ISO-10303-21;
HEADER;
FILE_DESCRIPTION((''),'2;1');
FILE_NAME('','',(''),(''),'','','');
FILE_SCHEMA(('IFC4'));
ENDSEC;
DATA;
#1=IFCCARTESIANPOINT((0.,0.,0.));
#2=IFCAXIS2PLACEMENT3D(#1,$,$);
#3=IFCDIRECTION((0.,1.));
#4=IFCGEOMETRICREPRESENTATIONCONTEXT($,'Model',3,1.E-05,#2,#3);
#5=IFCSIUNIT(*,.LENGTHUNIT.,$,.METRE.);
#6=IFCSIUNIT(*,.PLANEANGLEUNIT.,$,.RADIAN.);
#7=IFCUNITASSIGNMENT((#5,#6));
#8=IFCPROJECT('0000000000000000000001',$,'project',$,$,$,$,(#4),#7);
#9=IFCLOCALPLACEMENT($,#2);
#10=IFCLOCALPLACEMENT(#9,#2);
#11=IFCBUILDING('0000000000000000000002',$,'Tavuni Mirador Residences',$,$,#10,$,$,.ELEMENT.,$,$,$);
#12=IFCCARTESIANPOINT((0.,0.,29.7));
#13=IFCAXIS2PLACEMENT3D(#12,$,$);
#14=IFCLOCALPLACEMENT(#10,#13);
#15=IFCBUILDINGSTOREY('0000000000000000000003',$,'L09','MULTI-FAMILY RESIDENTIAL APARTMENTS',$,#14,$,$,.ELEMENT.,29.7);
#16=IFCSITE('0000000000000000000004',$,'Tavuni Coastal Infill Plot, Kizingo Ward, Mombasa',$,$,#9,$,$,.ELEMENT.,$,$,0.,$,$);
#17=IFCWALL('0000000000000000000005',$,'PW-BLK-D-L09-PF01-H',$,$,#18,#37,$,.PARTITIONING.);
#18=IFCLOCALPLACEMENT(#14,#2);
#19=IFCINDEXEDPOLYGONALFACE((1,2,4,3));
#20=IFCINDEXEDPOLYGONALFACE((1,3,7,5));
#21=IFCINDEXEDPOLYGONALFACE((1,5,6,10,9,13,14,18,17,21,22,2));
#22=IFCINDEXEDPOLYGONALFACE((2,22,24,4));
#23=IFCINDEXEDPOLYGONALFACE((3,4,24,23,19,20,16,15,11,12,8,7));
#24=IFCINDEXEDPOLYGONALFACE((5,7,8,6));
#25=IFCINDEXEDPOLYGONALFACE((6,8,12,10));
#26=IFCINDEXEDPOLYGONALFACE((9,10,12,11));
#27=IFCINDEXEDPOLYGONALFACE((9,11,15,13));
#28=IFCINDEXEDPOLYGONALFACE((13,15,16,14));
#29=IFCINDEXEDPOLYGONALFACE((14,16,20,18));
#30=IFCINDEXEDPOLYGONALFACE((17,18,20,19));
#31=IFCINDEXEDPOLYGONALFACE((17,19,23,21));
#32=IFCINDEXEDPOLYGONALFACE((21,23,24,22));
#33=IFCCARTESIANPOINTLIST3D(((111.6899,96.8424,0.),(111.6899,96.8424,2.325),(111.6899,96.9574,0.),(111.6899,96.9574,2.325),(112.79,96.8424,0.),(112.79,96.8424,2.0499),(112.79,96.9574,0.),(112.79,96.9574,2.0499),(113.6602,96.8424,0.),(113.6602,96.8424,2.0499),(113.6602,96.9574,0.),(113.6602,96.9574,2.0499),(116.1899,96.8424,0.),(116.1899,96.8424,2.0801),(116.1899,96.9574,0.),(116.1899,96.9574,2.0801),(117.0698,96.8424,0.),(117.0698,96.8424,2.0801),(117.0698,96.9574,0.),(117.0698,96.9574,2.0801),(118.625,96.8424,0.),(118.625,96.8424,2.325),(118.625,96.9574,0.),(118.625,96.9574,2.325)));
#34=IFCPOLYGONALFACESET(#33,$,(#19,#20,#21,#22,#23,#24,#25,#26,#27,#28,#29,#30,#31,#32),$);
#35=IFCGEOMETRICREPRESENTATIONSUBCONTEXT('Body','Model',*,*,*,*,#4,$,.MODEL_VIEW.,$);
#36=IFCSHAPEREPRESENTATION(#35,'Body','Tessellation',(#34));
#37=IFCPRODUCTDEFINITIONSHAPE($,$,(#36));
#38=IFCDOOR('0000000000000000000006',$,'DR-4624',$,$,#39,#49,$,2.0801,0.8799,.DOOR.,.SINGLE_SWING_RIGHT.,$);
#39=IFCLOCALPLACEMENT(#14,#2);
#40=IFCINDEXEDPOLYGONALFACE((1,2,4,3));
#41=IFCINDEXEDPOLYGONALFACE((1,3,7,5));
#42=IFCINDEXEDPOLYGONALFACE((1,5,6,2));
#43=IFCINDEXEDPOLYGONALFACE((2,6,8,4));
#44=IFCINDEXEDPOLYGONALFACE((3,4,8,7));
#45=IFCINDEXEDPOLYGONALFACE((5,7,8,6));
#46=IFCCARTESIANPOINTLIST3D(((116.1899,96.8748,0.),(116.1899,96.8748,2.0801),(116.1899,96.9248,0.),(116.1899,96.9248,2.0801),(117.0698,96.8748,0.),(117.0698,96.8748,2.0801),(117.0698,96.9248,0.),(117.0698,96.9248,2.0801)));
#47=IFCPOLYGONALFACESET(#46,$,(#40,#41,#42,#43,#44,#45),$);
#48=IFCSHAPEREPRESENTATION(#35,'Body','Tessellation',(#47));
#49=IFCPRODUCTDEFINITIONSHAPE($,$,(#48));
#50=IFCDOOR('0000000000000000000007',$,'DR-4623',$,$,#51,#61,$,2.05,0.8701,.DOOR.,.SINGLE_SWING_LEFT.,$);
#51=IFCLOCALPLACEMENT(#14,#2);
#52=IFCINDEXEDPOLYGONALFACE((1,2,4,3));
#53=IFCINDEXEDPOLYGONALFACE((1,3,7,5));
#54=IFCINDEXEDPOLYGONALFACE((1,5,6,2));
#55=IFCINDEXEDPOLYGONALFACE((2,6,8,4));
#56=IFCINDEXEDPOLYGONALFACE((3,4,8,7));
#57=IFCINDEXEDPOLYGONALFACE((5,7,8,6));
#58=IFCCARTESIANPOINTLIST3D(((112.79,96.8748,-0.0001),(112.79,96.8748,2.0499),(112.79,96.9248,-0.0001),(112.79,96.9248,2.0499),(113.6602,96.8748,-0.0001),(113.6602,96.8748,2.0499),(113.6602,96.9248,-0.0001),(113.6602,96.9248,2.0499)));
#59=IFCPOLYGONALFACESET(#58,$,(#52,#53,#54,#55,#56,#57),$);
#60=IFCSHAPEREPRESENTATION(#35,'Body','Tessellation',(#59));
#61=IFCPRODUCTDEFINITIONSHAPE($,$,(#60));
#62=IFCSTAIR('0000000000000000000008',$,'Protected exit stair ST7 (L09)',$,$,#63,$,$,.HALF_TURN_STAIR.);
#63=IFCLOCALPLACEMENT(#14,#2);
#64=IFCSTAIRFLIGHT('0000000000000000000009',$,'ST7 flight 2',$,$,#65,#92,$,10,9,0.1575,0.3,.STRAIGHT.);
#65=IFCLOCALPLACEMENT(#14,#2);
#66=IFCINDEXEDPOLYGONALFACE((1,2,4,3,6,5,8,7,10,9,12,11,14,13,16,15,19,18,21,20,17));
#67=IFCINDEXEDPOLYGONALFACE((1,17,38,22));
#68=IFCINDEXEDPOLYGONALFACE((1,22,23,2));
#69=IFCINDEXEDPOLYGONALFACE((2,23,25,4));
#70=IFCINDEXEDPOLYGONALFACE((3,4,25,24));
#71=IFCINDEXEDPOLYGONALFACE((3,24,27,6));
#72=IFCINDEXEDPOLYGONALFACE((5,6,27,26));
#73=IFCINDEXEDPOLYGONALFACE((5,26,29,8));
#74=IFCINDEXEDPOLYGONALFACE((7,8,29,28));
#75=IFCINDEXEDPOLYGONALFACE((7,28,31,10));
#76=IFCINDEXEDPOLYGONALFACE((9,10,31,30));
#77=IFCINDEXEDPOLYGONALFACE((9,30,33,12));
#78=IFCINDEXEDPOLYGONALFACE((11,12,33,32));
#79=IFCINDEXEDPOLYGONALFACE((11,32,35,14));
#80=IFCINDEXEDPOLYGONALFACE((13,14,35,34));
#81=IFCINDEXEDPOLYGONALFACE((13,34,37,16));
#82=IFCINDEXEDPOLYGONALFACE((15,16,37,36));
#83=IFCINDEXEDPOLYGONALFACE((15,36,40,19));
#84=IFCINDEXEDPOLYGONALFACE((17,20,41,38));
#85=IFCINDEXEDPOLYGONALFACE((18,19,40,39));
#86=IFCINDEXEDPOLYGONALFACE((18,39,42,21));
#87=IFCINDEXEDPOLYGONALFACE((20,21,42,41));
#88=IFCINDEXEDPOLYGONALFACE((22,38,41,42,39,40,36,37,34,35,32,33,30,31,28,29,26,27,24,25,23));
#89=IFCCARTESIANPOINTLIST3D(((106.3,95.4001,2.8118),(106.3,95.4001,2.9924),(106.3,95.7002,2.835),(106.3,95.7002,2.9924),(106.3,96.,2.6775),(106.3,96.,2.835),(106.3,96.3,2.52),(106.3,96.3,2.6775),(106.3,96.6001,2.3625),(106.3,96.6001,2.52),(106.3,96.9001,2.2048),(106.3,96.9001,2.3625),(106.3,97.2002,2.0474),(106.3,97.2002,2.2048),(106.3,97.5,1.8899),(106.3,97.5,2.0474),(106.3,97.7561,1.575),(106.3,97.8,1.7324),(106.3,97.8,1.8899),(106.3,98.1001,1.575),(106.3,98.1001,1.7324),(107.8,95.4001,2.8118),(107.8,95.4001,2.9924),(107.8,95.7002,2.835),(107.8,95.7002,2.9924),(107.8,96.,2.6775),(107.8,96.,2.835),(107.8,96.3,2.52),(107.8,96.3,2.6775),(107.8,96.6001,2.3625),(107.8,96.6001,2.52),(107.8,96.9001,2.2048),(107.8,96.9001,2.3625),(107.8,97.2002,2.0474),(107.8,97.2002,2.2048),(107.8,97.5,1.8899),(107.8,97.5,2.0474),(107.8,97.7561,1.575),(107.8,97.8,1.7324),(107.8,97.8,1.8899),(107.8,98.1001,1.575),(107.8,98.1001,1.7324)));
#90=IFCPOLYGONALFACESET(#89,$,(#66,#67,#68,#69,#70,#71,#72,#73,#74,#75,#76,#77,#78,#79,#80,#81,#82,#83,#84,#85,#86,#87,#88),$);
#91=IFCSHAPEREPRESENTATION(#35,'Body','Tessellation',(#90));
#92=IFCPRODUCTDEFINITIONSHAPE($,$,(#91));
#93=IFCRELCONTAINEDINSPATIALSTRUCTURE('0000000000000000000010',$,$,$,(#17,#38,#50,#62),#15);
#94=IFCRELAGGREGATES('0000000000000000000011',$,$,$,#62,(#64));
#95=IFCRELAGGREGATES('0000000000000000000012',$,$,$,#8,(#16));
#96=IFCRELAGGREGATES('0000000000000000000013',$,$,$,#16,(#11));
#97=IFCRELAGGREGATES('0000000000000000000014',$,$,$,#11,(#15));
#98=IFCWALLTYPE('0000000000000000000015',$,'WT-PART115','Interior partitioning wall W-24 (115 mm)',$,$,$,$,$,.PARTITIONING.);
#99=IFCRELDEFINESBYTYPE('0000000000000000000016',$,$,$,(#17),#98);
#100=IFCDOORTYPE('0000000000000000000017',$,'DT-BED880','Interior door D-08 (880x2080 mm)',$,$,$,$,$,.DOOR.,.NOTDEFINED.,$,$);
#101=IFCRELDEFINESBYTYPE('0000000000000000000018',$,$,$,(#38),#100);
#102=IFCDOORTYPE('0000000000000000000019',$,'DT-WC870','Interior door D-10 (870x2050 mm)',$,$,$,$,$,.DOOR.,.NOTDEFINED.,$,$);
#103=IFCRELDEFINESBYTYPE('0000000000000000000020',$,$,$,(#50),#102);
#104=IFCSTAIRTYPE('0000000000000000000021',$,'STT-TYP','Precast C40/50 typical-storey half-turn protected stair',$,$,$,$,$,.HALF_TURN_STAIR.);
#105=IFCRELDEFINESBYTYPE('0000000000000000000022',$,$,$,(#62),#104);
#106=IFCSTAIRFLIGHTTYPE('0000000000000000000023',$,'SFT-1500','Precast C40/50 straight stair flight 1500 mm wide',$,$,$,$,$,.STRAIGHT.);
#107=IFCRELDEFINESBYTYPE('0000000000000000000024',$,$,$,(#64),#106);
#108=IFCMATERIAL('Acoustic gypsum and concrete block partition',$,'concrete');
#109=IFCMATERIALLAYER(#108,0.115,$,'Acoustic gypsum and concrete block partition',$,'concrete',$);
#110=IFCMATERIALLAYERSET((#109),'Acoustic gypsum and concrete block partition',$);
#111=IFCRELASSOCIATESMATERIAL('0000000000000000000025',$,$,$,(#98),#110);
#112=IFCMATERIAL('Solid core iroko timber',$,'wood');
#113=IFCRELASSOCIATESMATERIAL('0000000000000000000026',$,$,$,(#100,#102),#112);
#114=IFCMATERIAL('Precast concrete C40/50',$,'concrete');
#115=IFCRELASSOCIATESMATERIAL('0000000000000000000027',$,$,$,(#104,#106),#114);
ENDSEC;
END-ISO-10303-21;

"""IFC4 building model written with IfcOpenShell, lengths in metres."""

from ifc_helpers import new_model, si_unit, direction, frame, frame_2d, origin, place, context, subcontext, project, spatial, polyline, rectangle, outline, extrude, material, layer, layer_set, type_object, element, fill, aggregate, save


model = new_model("IFC4")

# Units and contexts
model_context = context("Model", 3, precision=1e-05, world=origin(), true_north=direction((0.0, 1.0)))
body_context = subcontext(model_context, "Body", "Model", "MODEL_VIEW")
ifc_project = project(units=[si_unit("LENGTHUNIT", "METRE"), si_unit("PLANEANGLEUNIT", "RADIAN")], contexts=[model_context])

# Site, building, storey
site_placement = place(None, origin())
site = spatial("IfcSite", under=ifc_project, at=site_placement, Name="Tavuni Coastal Infill Plot, Kizingo Ward, Mombasa", CompositionType="ELEMENT", RefElevation=0.0)
building_placement = place(site_placement, origin())
building = spatial("IfcBuilding", under=site, at=building_placement, Name="Tavuni Mirador Residences", CompositionType="ELEMENT")
storey_placement = place(building_placement, frame((0.0, 0.0, 29.7)))
storey = spatial("IfcBuildingStorey", under=building, at=storey_placement, Name="L09", Description="MULTI-FAMILY RESIDENTIAL APARTMENTS", CompositionType="ELEMENT", Elevation=29.7)

# Shared definitions
ifc_material_1 = material(Name="Precast concrete C40/50", Category="concrete")

# Shared definitions
ifc_material_2 = material(Name="Solid core iroko timber", Category="wood")

# Shared definitions
ifc_material_3 = material(Name="Acoustic gypsum and concrete block partition", Category="concrete")

# Wall, openings, doors
ifc_layer_1 = layer(ifc_material_3, 0.115, Name="Acoustic gypsum and concrete block partition", Category="concrete")
ifc_layer_set_1 = layer_set([ifc_layer_1], Name="Acoustic gypsum and concrete block partition")
wall_type_1 = type_object("IfcWallType", Name="WT-PART115", Description="Interior partitioning wall W-24 (115 mm)", PredefinedType="PARTITIONING", material=ifc_layer_set_1)
wall_1_placement = place(storey_placement, frame((111.6899, 96.8999, 0.0), z_axis=(0.0, 0.0, 1.0), x_axis=(1.0, 0.0, 0.0)))
wall_1 = element("IfcWall", 1, at=wall_1_placement, inside=storey, type_object=wall_type_1, Name="PW-BLK-D-L09-PF01-H", PredefinedType="PARTITIONING", context=body_context, shape_type="SweptSolid", body=[
    extrude(rectangle(XDim=6.9351, YDim=0.115, at=frame_2d((3.4675, 0.0))), origin(), (0.0, 0.0, 1.0), 2.325),
])
opening_1_placement = place(wall_1_placement, frame((1.1001, 0.0, 0.0)))
opening_1 = element("IfcOpeningElement", 2, at=opening_1_placement, cuts=wall_1, PredefinedType="OPENING", context=body_context, shape_type="SweptSolid", body=[
    extrude(rectangle(XDim=0.8701, YDim=2.05, at=frame_2d((0.4351, 1.0249))), frame((0.0, 0.0674, 0.0), z_axis=(0.0, -1.0, 0.0), x_axis=(1.0, 0.0, 0.0)), (0.0, 0.0, 1.0), 0.135),
])
opening_2_placement = place(wall_1_placement, frame((4.5, 0.0, 0.0)))
opening_2 = element("IfcOpeningElement", 3, at=opening_2_placement, cuts=wall_1, PredefinedType="OPENING", context=body_context, shape_type="SweptSolid", body=[
    extrude(rectangle(XDim=0.8799, YDim=2.0801, at=frame_2d((0.4399, 1.04))), frame((0.0, 0.0674, 0.0), z_axis=(0.0, -1.0, 0.0), x_axis=(1.0, 0.0, 0.0)), (0.0, 0.0, 1.0), 0.135),
])
door_type_1 = type_object("IfcDoorType", Name="DT-BED880", Description="Interior door D-08 (880x2080 mm)", OperationType="NOTDEFINED", PredefinedType="DOOR", material=ifc_material_2)
door_1_placement = place(opening_2_placement, origin())
door_1 = element("IfcDoor", 4, at=door_1_placement, inside=storey, type_object=door_type_1, Name="DR-4624", OperationType="SINGLE_SWING_RIGHT", OverallHeight=2.0801, OverallWidth=0.8799, PredefinedType="DOOR", context=body_context, shape_type="SweptSolid", body=[
    extrude(rectangle(XDim=0.8799, YDim=2.0801, at=frame_2d((0.4399, 1.04))), frame((0.0, 0.0249, 0.0), z_axis=(0.0, -1.0, 0.0), x_axis=(1.0, 0.0, 0.0)), (0.0, 0.0, 1.0), 0.05),
])
fill(opening_2, door_1)
door_type_2 = type_object("IfcDoorType", Name="DT-WC870", Description="Interior door D-10 (870x2050 mm)", OperationType="NOTDEFINED", PredefinedType="DOOR", material=ifc_material_2)
door_2_placement = place(opening_1_placement, origin())
door_2 = element("IfcDoor", 5, at=door_2_placement, inside=storey, type_object=door_type_2, Name="DR-4623", OperationType="SINGLE_SWING_LEFT", OverallHeight=2.05, OverallWidth=0.8701, PredefinedType="DOOR", context=body_context, shape_type="SweptSolid", body=[
    extrude(rectangle(XDim=0.8701, YDim=2.05, at=frame_2d((0.4351, 1.0249))), frame((0.0, 0.0249, 0.0), z_axis=(0.0, -1.0, 0.0), x_axis=(1.0, 0.0, 0.0)), (0.0, 0.0, 1.0), 0.05),
])
fill(opening_1, door_2)

# Stair, stair flight
stair_type = type_object("IfcStairType", Name="STT-TYP", Description="Precast C40/50 typical-storey half-turn protected stair", PredefinedType="HALF_TURN_STAIR", material=ifc_material_1)
stair_placement = place(storey_placement, origin())
stair = element("IfcStair", 6, at=stair_placement, inside=storey, type_object=stair_type, Name="Protected exit stair ST7 (L09)", PredefinedType="HALF_TURN_STAIR")
stair_flight_type = type_object("IfcStairFlightType", Name="SFT-1500", Description="Precast C40/50 straight stair flight 1500 mm wide", PredefinedType="STRAIGHT", material=ifc_material_1)
stair_flight_placement = place(storey_placement, frame((107.05, 98.1001, 1.575), z_axis=(0.0, 0.0, 1.0), x_axis=(0.0, -1.0, 0.0)))
stair_flight = element("IfcStairFlight", 7, at=stair_flight_placement, type_object=stair_flight_type, Name="ST7 flight 2", NumberOfRisers=10, NumberOfTreads=9, PredefinedType="STRAIGHT", RiserHeight=0.1575, TreadLength=0.3, context=body_context, shape_type="SweptSolid", body=[
    extrude(outline(polyline([(0.0, 0.0), (0.0, 0.1575), (0.3, 0.1575), (0.3, 0.3149), (0.6001, 0.3149), (0.6001, 0.4724), (0.8999, 0.4724), (0.8999, 0.6299), (1.2, 0.6299), (1.2, 0.7876), (1.5, 0.7876), (1.5, 0.9451), (1.8, 0.9451), (1.8, 1.1025), (2.1001, 1.1025), (2.1001, 1.26), (2.3999, 1.26), (2.3999, 1.4175), (2.7, 1.4175), (2.7, 1.575), (2.7, 1.2368), (0.344, 0.0), (0.0, 0.0)])), frame((0.0, 0.75, 0.0), z_axis=(0.0, -1.0, 0.0), x_axis=(1.0, 0.0, 0.0)), (0.0, 0.0, 1.0), 1.5),
])
aggregate(stair, [stair_flight])

save(model, "model.ifc")
